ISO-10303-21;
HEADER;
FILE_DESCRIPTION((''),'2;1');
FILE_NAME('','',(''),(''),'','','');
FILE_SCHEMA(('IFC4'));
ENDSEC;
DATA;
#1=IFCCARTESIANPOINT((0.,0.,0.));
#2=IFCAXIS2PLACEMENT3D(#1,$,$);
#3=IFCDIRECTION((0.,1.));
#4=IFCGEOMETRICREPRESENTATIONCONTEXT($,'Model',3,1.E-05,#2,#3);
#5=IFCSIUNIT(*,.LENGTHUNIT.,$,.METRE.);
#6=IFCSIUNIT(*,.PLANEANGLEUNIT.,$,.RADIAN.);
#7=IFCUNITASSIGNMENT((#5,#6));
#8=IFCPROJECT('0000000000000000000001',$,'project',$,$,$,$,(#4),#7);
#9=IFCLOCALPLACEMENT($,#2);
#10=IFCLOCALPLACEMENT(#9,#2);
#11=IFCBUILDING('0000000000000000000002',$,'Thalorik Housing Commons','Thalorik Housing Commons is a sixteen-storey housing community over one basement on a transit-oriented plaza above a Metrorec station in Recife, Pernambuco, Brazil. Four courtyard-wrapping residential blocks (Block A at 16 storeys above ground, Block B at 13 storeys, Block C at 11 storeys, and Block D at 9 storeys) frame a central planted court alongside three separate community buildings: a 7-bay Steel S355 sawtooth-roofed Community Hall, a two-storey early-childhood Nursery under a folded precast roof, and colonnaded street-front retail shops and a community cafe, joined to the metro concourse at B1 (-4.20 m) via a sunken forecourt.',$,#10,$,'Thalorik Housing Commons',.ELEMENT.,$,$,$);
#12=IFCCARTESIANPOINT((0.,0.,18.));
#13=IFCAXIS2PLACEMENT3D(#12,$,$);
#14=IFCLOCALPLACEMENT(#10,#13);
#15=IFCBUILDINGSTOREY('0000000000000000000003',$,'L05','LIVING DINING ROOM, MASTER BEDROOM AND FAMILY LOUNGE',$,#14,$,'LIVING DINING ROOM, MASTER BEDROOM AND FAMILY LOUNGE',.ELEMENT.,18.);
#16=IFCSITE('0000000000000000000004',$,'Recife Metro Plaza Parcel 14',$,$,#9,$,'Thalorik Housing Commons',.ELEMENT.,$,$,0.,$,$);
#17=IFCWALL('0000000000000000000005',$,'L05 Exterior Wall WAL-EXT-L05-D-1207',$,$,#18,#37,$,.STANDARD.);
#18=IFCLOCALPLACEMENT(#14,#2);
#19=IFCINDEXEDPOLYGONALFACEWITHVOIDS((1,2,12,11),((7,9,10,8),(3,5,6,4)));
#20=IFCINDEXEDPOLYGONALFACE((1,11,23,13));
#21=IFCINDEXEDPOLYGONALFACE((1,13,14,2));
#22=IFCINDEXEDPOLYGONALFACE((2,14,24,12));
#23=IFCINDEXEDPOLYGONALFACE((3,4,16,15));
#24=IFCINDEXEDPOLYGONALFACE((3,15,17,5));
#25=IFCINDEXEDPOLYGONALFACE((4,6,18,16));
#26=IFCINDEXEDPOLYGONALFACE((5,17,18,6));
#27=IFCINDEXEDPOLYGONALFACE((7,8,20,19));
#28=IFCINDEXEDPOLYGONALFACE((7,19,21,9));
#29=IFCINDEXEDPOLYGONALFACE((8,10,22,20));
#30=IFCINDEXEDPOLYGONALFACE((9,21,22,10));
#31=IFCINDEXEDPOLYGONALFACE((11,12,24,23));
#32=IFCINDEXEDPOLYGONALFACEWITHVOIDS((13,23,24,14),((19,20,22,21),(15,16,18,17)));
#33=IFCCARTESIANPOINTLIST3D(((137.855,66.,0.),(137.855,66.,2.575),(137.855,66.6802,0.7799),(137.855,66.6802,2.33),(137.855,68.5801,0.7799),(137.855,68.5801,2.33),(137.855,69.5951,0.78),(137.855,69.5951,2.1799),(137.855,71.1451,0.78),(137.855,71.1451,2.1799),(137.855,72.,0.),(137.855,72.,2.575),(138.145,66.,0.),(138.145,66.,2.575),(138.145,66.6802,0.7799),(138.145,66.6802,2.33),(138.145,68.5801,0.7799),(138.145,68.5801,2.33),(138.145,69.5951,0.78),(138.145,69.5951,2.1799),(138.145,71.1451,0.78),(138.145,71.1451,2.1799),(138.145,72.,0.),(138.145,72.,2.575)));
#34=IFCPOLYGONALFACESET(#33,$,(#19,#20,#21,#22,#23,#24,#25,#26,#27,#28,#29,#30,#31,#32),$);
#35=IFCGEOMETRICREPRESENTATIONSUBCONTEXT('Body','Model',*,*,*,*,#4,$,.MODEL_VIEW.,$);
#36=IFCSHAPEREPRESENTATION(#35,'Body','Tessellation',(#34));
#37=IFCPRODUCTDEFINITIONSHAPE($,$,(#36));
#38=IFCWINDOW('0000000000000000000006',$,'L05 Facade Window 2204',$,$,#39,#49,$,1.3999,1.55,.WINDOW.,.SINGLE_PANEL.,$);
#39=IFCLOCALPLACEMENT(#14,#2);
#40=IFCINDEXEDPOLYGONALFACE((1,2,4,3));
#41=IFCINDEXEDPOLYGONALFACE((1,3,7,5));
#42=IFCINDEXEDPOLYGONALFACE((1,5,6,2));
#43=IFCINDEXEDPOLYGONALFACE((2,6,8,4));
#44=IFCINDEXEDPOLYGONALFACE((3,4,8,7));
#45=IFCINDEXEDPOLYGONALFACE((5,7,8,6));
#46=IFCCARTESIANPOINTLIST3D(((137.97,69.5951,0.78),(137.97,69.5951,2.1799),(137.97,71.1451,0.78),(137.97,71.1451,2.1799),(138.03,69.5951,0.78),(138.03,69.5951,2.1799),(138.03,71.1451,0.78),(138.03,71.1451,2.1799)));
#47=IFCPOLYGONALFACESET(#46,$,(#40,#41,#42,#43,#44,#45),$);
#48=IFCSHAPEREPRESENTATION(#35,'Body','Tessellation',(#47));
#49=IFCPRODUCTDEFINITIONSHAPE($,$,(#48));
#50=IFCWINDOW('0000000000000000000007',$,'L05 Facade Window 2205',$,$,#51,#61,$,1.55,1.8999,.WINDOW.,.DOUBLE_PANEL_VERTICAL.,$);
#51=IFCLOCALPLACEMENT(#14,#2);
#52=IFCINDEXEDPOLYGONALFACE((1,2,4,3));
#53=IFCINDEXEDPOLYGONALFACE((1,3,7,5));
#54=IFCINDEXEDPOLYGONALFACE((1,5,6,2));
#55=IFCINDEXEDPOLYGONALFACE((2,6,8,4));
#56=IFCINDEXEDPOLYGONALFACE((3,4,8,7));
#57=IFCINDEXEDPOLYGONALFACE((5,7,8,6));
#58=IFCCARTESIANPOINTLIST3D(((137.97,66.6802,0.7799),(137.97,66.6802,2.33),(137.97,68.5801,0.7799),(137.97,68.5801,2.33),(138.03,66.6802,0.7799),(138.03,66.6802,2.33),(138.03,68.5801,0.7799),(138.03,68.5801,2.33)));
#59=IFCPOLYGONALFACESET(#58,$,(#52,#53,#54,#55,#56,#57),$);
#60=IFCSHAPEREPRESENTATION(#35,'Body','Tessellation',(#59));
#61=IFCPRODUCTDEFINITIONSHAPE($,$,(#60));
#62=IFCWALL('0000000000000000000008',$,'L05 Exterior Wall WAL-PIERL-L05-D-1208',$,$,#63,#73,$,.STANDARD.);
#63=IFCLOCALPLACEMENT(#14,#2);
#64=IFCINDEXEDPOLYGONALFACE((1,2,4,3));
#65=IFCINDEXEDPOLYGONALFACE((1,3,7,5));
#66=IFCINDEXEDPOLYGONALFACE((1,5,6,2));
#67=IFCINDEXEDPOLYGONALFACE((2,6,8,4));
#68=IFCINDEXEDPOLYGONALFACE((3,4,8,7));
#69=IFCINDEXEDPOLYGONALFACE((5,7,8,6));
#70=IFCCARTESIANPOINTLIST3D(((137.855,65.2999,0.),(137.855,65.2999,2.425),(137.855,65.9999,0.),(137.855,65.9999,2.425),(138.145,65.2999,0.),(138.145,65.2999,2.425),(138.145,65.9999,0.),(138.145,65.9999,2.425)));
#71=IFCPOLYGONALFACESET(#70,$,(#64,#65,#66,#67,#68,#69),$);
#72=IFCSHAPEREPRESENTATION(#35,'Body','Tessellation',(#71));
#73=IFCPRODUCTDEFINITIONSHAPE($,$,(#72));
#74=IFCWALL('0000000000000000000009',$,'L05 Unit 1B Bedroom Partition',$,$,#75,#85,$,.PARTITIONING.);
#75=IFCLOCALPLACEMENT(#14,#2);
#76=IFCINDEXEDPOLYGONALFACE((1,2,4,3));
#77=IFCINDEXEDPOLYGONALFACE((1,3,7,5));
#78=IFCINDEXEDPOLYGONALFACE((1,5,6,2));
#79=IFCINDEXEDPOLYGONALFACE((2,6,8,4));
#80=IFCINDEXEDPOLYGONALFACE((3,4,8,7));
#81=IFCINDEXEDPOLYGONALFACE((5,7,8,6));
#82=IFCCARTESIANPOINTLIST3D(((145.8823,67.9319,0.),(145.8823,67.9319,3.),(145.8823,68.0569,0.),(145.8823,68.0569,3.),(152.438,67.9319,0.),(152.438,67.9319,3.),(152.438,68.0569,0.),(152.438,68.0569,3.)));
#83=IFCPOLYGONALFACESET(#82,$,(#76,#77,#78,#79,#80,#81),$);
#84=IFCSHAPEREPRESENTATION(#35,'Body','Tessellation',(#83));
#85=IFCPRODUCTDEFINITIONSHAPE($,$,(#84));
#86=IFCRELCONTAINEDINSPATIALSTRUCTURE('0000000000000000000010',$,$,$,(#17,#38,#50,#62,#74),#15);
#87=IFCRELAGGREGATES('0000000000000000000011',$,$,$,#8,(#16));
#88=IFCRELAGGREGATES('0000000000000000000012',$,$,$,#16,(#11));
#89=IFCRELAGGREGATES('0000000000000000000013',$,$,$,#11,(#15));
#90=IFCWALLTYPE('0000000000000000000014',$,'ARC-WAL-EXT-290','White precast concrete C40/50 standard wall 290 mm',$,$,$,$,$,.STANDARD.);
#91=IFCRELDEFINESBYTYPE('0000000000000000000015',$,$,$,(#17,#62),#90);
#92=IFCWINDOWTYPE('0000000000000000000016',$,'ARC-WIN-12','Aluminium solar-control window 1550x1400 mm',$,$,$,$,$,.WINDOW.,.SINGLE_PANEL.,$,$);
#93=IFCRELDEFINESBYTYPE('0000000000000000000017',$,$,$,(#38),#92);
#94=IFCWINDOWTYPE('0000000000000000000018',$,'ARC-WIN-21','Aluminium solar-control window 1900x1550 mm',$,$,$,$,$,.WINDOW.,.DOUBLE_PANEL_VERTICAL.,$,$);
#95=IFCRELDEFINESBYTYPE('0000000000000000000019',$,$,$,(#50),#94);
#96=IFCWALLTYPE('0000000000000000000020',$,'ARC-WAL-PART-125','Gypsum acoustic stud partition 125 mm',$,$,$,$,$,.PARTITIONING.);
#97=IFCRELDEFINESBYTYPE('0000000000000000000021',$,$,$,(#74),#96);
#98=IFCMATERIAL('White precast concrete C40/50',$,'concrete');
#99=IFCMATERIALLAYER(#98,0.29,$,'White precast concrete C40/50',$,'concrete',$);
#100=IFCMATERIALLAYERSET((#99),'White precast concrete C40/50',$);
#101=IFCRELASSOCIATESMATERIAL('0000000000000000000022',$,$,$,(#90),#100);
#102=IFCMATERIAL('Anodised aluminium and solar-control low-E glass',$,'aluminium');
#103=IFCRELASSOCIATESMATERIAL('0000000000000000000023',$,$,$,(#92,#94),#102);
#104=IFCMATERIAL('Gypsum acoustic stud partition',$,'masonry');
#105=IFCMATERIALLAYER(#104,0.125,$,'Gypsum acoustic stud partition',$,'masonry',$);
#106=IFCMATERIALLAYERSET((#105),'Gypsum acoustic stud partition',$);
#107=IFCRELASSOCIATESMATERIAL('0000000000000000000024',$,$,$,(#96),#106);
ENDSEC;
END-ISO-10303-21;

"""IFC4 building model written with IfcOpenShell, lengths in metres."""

from ifc_helpers import new_model, si_unit, direction, frame, frame_2d, origin, place, context, subcontext, project, spatial, rectangle, extrude, material, layer, layer_set, type_object, element, fill, save


model = new_model("IFC4")

# Units and contexts
model_context = context("Model", 3, precision=1e-05, world=origin(), true_north=direction((0.0, 1.0)))
body_context = subcontext(model_context, "Body", "Model", "MODEL_VIEW")
ifc_project = project(units=[si_unit("LENGTHUNIT", "METRE"), si_unit("PLANEANGLEUNIT", "RADIAN")], contexts=[model_context])

# Site, building, storey
site_placement = place(None, origin())
site = spatial("IfcSite", under=ifc_project, at=site_placement, Name="Recife Metro Plaza Parcel 14", LongName="Thalorik Housing Commons", CompositionType="ELEMENT", RefElevation=0.0)
building_placement = place(site_placement, origin())
building = spatial("IfcBuilding", under=site, at=building_placement, Name="Thalorik Housing Commons", Description="Thalorik Housing Commons is a sixteen-storey housing community over one basement on a transit-oriented plaza above a Metrorec station in Recife, Pernambuco, Brazil. Four courtyard-wrapping residential blocks (Block A at 16 storeys above ground, Block B at 13 storeys, Block C at 11 storeys, and Block D at 9 storeys) frame a central planted court alongside three separate community buildings: a 7-bay Steel S355 sawtooth-roofed Community Hall, a two-storey early-childhood Nursery under a folded precast roof, and colonnaded street-front retail shops and a community cafe, joined to the metro concourse at B1 (-4.20 m) via a sunken forecourt.", LongName="Thalorik Housing Commons", CompositionType="ELEMENT")
storey_placement = place(building_placement, frame((0.0, 0.0, 18.0)))
storey = spatial("IfcBuildingStorey", under=building, at=storey_placement, Name="L05", Description="LIVING DINING ROOM, MASTER BEDROOM AND FAMILY LOUNGE", LongName="LIVING DINING ROOM, MASTER BEDROOM AND FAMILY LOUNGE", CompositionType="ELEMENT", Elevation=18.0)

# Shared definitions
ifc_material_1 = material(Name="Anodised aluminium and solar-control low-E glass", Category="aluminium")

# Shared definitions
ifc_material_2 = material(Name="White precast concrete C40/50", Category="concrete")
ifc_layer_1 = layer(ifc_material_2, 0.29, Name="White precast concrete C40/50", Category="concrete")
ifc_layer_set_1 = layer_set([ifc_layer_1], Name="White precast concrete C40/50")
wall_type_1 = type_object("IfcWallType", Name="ARC-WAL-EXT-290", Description="White precast concrete C40/50 standard wall 290 mm", PredefinedType="STANDARD", material=ifc_layer_set_1)

# Wall, openings, windows
wall_1_placement = place(storey_placement, frame((138.0, 72.0, 0.0), z_axis=(0.0, 0.0, 1.0), x_axis=(0.0, -1.0, 0.0)))
wall_1 = element("IfcWall", 1, at=wall_1_placement, inside=storey, type_object=wall_type_1, Name="L05 Exterior Wall WAL-EXT-L05-D-1207", PredefinedType="STANDARD", context=body_context, shape_type="SweptSolid", body=[
    extrude(rectangle(XDim=6.0, YDim=0.29, at=frame_2d((3.0, 0.0))), origin(), (0.0, 0.0, 1.0), 2.575),
])
opening_1_placement = place(wall_1_placement, frame((0.855, 0.0, 0.78)))
opening_1 = element("IfcOpeningElement", 2, at=opening_1_placement, cuts=wall_1, PredefinedType="OPENING", context=body_context, shape_type="SweptSolid", body=[
    extrude(rectangle(XDim=1.55, YDim=1.3999, at=frame_2d((0.7749, 0.7))), frame((0.0, 0.155, 0.0), z_axis=(0.0, -1.0, 0.0), x_axis=(1.0, 0.0, 0.0)), (0.0, 0.0, 1.0), 0.3101),
])
opening_2_placement = place(wall_1_placement, frame((3.4199, 0.0, 0.78)))
opening_2 = element("IfcOpeningElement", 3, at=opening_2_placement, cuts=wall_1, PredefinedType="OPENING", context=body_context, shape_type="SweptSolid", body=[
    extrude(rectangle(XDim=1.8999, YDim=1.55, at=frame_2d((0.95, 0.7749))), frame((0.0, 0.155, 0.0), z_axis=(0.0, -1.0, 0.0), x_axis=(1.0, 0.0, 0.0)), (0.0, 0.0, 1.0), 0.3101),
])
window_type_1 = type_object("IfcWindowType", Name="ARC-WIN-12", Description="Aluminium solar-control window 1550x1400 mm", PartitioningType="SINGLE_PANEL", PredefinedType="WINDOW", material=ifc_material_1)
window_1_placement = place(opening_1_placement, origin())
window_1 = element("IfcWindow", 4, at=window_1_placement, inside=storey, type_object=window_type_1, Name="L05 Facade Window 2204", OverallHeight=1.3999, OverallWidth=1.55, PartitioningType="SINGLE_PANEL", PredefinedType="WINDOW", context=body_context, shape_type="SweptSolid", body=[
    extrude(rectangle(XDim=1.55, YDim=1.3999, at=frame_2d((0.7749, 0.7))), frame((0.0, 0.03, 0.0), z_axis=(0.0, -1.0, 0.0), x_axis=(1.0, 0.0, 0.0)), (0.0, 0.0, 1.0), 0.0601),
])
fill(opening_1, window_1)
window_type_2 = type_object("IfcWindowType", Name="ARC-WIN-21", Description="Aluminium solar-control window 1900x1550 mm", PartitioningType="DOUBLE_PANEL_VERTICAL", PredefinedType="WINDOW", material=ifc_material_1)
window_2_placement = place(opening_2_placement, origin())
window_2 = element("IfcWindow", 5, at=window_2_placement, inside=storey, type_object=window_type_2, Name="L05 Facade Window 2205", OverallHeight=1.55, OverallWidth=1.8999, PartitioningType="DOUBLE_PANEL_VERTICAL", PredefinedType="WINDOW", context=body_context, shape_type="SweptSolid", body=[
    extrude(rectangle(XDim=1.8999, YDim=1.55, at=frame_2d((0.95, 0.7749))), frame((0.0, 0.03, 0.0), z_axis=(0.0, -1.0, 0.0), x_axis=(1.0, 0.0, 0.0)), (0.0, 0.0, 1.0), 0.0601),
])
fill(opening_2, window_2)

# Walls
wall_2_placement = place(storey_placement, frame((138.0, 66.0, 0.0), z_axis=(0.0, 0.0, 1.0), x_axis=(0.0, -1.0, 0.0)))
element("IfcWall", 6, at=wall_2_placement, inside=storey, type_object=wall_type_1, Name="L05 Exterior Wall WAL-PIERL-L05-D-1208", PredefinedType="STANDARD", context=body_context, shape_type="SweptSolid", body=[
    extrude(rectangle(XDim=0.7, YDim=0.29, at=frame_2d((0.3501, 0.0))), origin(), (0.0, 0.0, 1.0), 2.425),
])
ifc_material_3 = material(Name="Gypsum acoustic stud partition", Category="masonry")
ifc_layer_2 = layer(ifc_material_3, 0.125, Name="Gypsum acoustic stud partition", Category="masonry")
ifc_layer_set_2 = layer_set([ifc_layer_2], Name="Gypsum acoustic stud partition")
wall_type_2 = type_object("IfcWallType", Name="ARC-WAL-PART-125", Description="Gypsum acoustic stud partition 125 mm", PredefinedType="PARTITIONING", material=ifc_layer_set_2)
wall_3_placement = place(storey_placement, frame((145.8823, 67.9944, 0.0), z_axis=(0.0, 0.0, 1.0), x_axis=(1.0, 0.0, 0.0)))
element("IfcWall", 7, at=wall_3_placement, inside=storey, type_object=wall_type_2, Name="L05 Unit 1B Bedroom Partition", PredefinedType="PARTITIONING", context=body_context, shape_type="SweptSolid", body=[
    extrude(rectangle(XDim=6.5557, YDim=0.125, at=frame_2d((3.2778, 0.0))), origin(), (0.0, 0.0, 1.0), 3.0),
])

save(model, "model.ifc")
